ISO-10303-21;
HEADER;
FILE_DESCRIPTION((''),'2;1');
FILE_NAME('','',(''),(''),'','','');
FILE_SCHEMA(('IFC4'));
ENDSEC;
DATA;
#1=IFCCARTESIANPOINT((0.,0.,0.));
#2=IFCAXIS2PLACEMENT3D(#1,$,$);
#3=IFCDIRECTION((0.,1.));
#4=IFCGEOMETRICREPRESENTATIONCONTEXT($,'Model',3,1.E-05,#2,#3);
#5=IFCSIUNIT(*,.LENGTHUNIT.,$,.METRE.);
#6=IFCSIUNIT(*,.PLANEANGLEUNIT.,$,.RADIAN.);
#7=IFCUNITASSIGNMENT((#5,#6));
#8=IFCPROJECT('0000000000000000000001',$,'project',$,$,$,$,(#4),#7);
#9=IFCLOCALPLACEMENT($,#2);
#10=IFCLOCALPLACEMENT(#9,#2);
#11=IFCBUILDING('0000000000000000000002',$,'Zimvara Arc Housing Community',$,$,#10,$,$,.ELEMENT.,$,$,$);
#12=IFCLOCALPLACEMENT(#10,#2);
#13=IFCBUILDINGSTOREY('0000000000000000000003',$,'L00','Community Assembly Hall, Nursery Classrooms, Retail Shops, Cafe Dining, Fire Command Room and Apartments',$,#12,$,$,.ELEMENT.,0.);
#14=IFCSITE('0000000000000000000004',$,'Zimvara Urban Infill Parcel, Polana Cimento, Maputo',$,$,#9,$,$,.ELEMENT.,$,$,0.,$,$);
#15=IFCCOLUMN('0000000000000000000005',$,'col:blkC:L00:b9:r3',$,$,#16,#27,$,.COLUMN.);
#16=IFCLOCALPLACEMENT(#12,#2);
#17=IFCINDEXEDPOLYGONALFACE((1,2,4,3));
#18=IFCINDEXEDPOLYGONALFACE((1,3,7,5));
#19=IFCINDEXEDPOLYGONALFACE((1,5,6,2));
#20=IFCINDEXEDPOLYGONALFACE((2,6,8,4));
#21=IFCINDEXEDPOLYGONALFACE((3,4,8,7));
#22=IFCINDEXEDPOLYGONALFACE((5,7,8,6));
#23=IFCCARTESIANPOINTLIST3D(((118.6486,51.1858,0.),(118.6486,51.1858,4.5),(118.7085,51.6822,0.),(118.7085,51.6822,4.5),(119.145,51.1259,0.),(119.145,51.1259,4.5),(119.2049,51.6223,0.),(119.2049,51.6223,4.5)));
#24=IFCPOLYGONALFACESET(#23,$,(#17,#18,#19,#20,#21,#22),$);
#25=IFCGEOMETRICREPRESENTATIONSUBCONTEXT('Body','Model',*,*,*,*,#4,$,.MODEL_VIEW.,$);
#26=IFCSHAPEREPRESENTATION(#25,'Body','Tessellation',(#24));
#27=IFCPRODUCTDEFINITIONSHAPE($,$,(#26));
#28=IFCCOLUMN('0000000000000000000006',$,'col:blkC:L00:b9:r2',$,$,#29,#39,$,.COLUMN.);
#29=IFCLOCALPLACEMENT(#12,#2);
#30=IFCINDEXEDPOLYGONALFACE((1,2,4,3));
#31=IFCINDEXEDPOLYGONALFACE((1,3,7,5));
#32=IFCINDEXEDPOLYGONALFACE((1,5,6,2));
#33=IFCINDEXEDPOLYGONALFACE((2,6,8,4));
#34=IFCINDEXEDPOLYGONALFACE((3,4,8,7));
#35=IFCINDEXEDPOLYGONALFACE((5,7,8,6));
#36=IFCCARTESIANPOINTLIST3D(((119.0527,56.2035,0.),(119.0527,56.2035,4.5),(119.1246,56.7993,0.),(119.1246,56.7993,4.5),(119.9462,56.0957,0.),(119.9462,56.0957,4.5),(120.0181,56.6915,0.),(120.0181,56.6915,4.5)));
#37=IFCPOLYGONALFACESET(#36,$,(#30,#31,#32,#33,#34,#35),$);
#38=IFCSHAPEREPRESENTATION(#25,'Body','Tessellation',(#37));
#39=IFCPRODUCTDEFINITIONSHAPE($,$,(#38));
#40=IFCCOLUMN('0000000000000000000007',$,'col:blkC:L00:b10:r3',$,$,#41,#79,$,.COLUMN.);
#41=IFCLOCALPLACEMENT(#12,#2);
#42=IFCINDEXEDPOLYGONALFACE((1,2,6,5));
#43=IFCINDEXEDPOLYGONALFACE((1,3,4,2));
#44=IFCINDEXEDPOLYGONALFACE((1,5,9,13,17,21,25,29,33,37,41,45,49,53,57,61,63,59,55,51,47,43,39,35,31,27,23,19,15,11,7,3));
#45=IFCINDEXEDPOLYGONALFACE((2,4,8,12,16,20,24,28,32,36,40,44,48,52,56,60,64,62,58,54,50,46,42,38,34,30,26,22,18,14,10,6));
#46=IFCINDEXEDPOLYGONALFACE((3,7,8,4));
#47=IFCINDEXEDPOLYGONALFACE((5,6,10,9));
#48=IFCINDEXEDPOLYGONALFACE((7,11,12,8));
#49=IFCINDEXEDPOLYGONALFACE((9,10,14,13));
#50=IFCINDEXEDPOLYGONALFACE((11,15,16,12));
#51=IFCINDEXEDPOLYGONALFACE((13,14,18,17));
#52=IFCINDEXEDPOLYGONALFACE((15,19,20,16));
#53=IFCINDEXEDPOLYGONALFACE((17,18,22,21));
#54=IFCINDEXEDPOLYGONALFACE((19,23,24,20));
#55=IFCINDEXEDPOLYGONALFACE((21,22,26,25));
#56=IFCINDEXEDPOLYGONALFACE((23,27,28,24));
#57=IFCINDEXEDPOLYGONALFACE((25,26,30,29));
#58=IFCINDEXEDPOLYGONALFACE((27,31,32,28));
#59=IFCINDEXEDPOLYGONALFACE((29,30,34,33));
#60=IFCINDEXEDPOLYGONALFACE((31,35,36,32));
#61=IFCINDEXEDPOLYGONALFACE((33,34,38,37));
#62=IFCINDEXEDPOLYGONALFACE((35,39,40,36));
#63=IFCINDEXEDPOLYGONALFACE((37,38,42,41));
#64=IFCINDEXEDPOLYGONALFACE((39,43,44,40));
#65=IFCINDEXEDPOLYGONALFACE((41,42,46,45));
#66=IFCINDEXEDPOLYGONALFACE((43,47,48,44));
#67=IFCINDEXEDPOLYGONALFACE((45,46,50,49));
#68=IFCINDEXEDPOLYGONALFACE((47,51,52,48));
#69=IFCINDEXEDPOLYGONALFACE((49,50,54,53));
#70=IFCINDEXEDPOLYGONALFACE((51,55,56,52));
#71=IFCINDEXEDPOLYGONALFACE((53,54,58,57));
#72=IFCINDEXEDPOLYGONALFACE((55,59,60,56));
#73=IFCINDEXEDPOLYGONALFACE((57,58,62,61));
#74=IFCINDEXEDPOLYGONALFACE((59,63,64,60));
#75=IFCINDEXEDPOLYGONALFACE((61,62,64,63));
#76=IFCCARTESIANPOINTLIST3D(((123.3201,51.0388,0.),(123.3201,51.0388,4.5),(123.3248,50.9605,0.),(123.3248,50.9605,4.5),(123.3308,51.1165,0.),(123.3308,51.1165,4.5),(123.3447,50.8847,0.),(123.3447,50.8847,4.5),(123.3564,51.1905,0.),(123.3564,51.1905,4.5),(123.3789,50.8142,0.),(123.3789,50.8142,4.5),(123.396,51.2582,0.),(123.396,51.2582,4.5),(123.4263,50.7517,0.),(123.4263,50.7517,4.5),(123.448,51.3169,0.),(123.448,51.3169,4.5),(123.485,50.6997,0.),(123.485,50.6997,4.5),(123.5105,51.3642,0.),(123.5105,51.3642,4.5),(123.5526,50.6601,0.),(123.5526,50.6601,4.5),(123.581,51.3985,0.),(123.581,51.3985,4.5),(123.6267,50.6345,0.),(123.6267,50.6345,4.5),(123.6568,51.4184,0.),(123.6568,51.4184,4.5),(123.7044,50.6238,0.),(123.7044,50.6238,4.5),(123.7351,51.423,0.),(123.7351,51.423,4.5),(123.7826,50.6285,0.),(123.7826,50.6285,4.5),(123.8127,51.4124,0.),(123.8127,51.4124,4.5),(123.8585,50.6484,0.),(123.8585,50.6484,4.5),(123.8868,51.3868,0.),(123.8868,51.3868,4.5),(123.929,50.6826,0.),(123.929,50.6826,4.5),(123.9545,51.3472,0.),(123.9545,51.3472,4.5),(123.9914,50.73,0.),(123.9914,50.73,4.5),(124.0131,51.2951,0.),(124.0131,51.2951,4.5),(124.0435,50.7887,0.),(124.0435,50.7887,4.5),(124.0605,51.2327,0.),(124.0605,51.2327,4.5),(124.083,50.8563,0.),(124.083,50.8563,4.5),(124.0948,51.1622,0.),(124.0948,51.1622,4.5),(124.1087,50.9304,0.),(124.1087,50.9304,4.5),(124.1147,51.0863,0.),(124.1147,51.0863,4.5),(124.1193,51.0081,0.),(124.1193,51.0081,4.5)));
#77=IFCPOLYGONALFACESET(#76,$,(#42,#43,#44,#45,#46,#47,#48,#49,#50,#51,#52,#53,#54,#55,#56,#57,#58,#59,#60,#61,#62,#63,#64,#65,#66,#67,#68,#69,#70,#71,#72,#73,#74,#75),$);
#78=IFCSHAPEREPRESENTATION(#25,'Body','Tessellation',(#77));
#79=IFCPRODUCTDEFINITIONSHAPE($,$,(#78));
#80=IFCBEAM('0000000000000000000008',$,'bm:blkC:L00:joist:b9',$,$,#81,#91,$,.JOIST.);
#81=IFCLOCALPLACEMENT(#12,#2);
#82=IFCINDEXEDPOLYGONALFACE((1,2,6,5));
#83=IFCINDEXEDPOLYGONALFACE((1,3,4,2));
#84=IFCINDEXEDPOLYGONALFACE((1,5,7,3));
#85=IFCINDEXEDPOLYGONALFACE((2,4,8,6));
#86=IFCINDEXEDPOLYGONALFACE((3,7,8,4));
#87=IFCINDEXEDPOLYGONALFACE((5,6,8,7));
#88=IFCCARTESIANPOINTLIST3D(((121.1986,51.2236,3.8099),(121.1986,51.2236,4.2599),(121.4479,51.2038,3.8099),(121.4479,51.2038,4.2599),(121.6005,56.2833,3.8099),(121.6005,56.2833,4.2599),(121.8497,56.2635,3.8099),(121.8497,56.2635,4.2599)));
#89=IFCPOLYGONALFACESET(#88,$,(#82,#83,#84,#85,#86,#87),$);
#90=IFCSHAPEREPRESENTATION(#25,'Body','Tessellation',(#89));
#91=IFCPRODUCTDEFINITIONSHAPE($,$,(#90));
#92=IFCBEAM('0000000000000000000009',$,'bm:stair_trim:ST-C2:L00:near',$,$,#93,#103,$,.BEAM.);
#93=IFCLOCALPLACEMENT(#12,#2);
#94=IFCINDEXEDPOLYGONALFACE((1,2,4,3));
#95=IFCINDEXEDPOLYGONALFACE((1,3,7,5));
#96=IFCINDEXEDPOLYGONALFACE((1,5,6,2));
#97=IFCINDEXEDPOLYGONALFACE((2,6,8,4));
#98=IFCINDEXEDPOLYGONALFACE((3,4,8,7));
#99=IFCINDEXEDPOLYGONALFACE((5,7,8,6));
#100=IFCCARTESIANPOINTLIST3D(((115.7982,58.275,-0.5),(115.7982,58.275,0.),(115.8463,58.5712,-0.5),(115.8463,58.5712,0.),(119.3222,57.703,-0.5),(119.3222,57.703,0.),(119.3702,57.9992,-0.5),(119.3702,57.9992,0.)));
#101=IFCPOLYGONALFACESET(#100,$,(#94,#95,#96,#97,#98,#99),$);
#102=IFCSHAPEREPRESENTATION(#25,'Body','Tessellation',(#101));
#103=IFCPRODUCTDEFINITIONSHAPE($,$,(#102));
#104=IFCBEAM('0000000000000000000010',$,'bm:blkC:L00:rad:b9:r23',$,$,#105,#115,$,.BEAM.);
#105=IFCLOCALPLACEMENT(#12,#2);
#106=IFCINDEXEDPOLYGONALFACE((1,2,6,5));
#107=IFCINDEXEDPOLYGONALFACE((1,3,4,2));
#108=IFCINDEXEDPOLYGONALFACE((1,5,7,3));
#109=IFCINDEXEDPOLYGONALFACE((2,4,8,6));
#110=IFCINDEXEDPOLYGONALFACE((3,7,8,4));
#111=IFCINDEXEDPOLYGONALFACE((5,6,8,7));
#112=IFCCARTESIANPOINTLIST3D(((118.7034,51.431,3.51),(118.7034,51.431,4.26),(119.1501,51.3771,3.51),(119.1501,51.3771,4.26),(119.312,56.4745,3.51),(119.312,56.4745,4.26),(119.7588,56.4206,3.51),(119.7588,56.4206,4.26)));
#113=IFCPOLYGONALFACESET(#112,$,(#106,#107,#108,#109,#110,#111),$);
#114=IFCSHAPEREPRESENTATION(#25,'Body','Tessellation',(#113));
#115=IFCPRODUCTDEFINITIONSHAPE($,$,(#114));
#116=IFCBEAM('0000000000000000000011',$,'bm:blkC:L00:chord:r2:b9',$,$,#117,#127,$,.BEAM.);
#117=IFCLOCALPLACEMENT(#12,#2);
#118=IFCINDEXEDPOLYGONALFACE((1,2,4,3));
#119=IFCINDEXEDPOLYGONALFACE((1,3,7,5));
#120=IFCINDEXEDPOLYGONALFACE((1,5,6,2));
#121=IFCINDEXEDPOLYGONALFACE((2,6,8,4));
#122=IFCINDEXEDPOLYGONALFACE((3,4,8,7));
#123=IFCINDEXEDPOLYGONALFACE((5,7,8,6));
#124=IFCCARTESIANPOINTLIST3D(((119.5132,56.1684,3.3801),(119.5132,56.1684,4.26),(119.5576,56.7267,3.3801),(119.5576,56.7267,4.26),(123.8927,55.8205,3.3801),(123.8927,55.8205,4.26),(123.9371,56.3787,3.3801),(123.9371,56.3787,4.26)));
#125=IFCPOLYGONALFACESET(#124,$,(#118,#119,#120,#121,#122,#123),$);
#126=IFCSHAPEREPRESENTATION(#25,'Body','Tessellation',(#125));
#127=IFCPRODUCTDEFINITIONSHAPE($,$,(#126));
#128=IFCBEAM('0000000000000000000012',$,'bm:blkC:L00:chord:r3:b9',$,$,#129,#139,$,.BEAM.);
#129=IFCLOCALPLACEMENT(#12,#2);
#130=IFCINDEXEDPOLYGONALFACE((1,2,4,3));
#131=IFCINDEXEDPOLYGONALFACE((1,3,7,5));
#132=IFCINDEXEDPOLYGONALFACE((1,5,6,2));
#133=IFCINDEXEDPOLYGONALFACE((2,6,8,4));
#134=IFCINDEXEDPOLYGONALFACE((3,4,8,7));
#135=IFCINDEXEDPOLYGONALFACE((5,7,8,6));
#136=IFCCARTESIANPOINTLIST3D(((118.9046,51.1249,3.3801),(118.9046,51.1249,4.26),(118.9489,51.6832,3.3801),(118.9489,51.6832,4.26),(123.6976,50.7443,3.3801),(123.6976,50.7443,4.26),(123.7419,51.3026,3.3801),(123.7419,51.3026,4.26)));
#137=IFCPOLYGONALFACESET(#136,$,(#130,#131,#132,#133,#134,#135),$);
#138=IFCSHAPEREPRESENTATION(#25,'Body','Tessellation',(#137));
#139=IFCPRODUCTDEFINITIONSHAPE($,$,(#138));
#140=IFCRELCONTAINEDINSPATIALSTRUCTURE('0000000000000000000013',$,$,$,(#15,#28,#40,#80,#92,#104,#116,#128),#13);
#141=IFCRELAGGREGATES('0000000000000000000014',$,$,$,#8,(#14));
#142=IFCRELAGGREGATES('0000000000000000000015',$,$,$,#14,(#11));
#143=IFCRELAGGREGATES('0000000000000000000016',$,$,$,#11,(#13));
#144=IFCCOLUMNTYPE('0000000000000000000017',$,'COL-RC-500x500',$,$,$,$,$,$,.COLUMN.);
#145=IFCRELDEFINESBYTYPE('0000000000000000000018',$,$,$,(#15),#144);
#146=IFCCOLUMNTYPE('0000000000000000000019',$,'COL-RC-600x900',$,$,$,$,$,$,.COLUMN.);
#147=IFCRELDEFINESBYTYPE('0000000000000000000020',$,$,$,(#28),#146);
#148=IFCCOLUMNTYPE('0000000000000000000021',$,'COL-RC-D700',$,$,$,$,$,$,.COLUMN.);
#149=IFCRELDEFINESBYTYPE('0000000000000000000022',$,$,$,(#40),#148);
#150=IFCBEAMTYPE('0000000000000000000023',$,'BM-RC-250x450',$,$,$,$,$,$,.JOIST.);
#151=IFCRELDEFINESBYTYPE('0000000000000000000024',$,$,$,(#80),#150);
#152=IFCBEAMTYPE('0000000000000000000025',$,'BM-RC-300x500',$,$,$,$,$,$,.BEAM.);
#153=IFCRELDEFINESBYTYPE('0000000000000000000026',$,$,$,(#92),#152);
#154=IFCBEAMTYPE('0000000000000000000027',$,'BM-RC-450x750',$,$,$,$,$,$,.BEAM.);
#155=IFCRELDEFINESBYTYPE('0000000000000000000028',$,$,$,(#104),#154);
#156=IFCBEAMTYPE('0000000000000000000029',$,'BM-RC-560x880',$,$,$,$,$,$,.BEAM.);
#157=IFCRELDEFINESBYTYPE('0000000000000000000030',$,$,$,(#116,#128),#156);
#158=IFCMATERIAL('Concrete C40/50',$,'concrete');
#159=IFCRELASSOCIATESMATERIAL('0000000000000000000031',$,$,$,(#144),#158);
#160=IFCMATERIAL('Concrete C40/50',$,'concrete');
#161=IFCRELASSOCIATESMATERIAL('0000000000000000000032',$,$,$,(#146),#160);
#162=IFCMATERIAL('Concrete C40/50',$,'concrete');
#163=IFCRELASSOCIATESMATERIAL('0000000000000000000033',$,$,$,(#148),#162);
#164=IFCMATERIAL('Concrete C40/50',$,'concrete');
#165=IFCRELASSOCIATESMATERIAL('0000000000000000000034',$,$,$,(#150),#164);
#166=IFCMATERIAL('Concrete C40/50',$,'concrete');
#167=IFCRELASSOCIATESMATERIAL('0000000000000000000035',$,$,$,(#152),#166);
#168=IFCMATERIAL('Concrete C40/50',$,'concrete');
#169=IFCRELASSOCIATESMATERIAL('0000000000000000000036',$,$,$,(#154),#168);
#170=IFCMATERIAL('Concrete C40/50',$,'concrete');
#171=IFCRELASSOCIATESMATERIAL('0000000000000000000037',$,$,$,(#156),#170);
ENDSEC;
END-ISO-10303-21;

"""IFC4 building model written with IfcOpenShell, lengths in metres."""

from ifc_helpers import new_model, si_unit, direction, frame, origin, origin_2d, place, context, subcontext, project, spatial, rectangle, circle, extrude, material, material_profile, profile_set, type_object, element, save


model = new_model("IFC4")

# Units and contexts
model_context = context("Model", 3, precision=1e-05, world=origin(), true_north=direction((0.0, 1.0)))
body_context = subcontext(model_context, "Body", "Model", "MODEL_VIEW")
ifc_project = project(units=[si_unit("LENGTHUNIT", "METRE"), si_unit("PLANEANGLEUNIT", "RADIAN")], contexts=[model_context])

# Site, building, storey
site_placement = place(None, origin())
site = spatial("IfcSite", under=ifc_project, at=site_placement, Name="Zimvara Urban Infill Parcel, Polana Cimento, Maputo", CompositionType="ELEMENT", RefElevation=0.0)
building_placement = place(site_placement, origin())
building = spatial("IfcBuilding", under=site, at=building_placement, Name="Zimvara Arc Housing Community", CompositionType="ELEMENT")
storey_placement = place(building_placement, origin())
storey = spatial("IfcBuildingStorey", under=building, at=storey_placement, Name="L00", Description="Community Assembly Hall, Nursery Classrooms, Retail Shops, Cafe Dining, Fire Command Room and Apartments", CompositionType="ELEMENT", Elevation=0.0)

# Columns
ifc_material_1 = material(Name="Concrete C40/50", Category="concrete")
ifc_material_profile_1 = material_profile(ifc_material_1, rectangle(XDim=0.5, YDim=0.5, at=origin_2d()), Name="RC 500x500")
ifc_profile_set_1 = profile_set([ifc_material_profile_1], Name="Concrete C40/50")
column_type_1 = type_object("IfcColumnType", Name="COL-RC-500x500", PredefinedType="COLUMN", material=ifc_profile_set_1)
column_1_placement = place(storey_placement, frame((118.9268, 51.4041, 0.0), z_axis=(0.0, 0.0, 1.0), x_axis=(-0.11979, -0.992799, 0.0)))
element("IfcColumn", 1, at=column_1_placement, inside=storey, type_object=column_type_1, Name="col:blkC:L00:b9:r3", PredefinedType="COLUMN", context=body_context, shape_type="SweptSolid", body=[
    extrude(rectangle(XDim=0.5, YDim=0.5, at=origin_2d()), origin(), (0.0, 0.0, 1.0), 4.5),
])
ifc_material_2 = material(Name="Concrete C40/50", Category="concrete")
ifc_material_profile_2 = material_profile(ifc_material_2, rectangle(XDim=0.6001, YDim=0.8999, at=origin_2d()), Name="RC 600x900")
ifc_profile_set_2 = profile_set([ifc_material_profile_2], Name="Concrete C40/50")
column_type_2 = type_object("IfcColumnType", Name="COL-RC-600x900", PredefinedType="COLUMN", material=ifc_profile_set_2)
column_2_placement = place(storey_placement, frame((119.5354, 56.4475, 0.0), z_axis=(0.0, 0.0, 1.0), x_axis=(-0.11979, -0.992799, 0.0)))
element("IfcColumn", 2, at=column_2_placement, inside=storey, type_object=column_type_2, Name="col:blkC:L00:b9:r2", PredefinedType="COLUMN", context=body_context, shape_type="SweptSolid", body=[
    extrude(rectangle(XDim=0.6001, YDim=0.8999, at=origin_2d()), origin(), (0.0, 0.0, 1.0), 4.5),
])
ifc_material_3 = material(Name="Concrete C40/50", Category="concrete")
ifc_material_profile_3 = material_profile(ifc_material_3, circle(Radius=0.3999, at=origin_2d()), Name="RC D800")
ifc_profile_set_3 = profile_set([ifc_material_profile_3], Name="Concrete C40/50")
column_type_3 = type_object("IfcColumnType", Name="COL-RC-D700", PredefinedType="COLUMN", material=ifc_profile_set_3)
column_3_placement = place(storey_placement, frame((123.7197, 51.0234, 0.0), z_axis=(0.0, 0.0, 1.0), x_axis=(-0.038388, -0.999263, 0.0)))
element("IfcColumn", 3, at=column_3_placement, inside=storey, type_object=column_type_3, Name="col:blkC:L00:b10:r3", PredefinedType="COLUMN", context=body_context, shape_type="SweptSolid", body=[
    extrude(circle(Radius=0.3999, at=origin_2d()), origin(), (0.0, 0.0, 1.0), 4.5),
])

# Beams
ifc_material_4 = material(Name="Concrete C40/50", Category="concrete")
ifc_material_profile_4 = material_profile(ifc_material_4, rectangle(XDim=0.25, YDim=0.45, at=origin_2d()), Name="RC 250x450")
ifc_profile_set_4 = profile_set([ifc_material_profile_4], Name="Concrete C40/50")
beam_type_1 = type_object("IfcBeamType", Name="BM-RC-250x450", PredefinedType="JOIST", material=ifc_profile_set_4)
beam_1_placement = place(storey_placement, frame((121.7251, 56.2734, 4.0349), z_axis=(-0.079172, -0.996861, 0.0), x_axis=(0.996861, -0.079172, 0.0)))
element("IfcBeam", 4, at=beam_1_placement, inside=storey, type_object=beam_type_1, Name="bm:blkC:L00:joist:b9", PredefinedType="JOIST", context=body_context, shape_type="SweptSolid", body=[
    extrude(rectangle(XDim=0.25, YDim=0.45, at=origin_2d()), origin(), (0.0, 0.0, 1.0), 5.0757),
])
ifc_material_5 = material(Name="Concrete C40/50", Category="concrete")
ifc_material_profile_5 = material_profile(ifc_material_5, rectangle(XDim=0.3, YDim=0.5, at=origin_2d()), Name="RC 300x500")
ifc_profile_set_5 = profile_set([ifc_material_profile_5], Name="Concrete C40/50")
beam_type_2 = type_object("IfcBeamType", Name="BM-RC-300x500", PredefinedType="BEAM", material=ifc_profile_set_5)
beam_2_placement = place(storey_placement, frame((115.8223, 58.4231, -0.25), z_axis=(0.98708, -0.160228, 0.0), x_axis=(0.160228, 0.98708, 0.0)))
element("IfcBeam", 5, at=beam_2_placement, inside=storey, type_object=beam_type_2, Name="bm:stair_trim:ST-C2:L00:near", PredefinedType="BEAM", context=body_context, shape_type="SweptSolid", body=[
    extrude(rectangle(XDim=0.3, YDim=0.5, at=origin_2d()), origin(), (0.0, 0.0, 1.0), 3.5701),
])
ifc_material_6 = material(Name="Concrete C40/50", Category="concrete")
ifc_material_profile_6 = material_profile(ifc_material_6, rectangle(XDim=0.45, YDim=0.75, at=origin_2d()), Name="RC 450x750")
ifc_profile_set_6 = profile_set([ifc_material_profile_6], Name="Concrete C40/50")
beam_type_3 = type_object("IfcBeamType", Name="BM-RC-450x750", PredefinedType="BEAM", material=ifc_profile_set_6)
beam_3_placement = place(storey_placement, frame((119.5354, 56.4475, 3.885), z_axis=(-0.11981, -0.992797, 0.0), x_axis=(0.992797, -0.11981, 0.0)))
element("IfcBeam", 6, at=beam_3_placement, inside=storey, type_object=beam_type_3, Name="bm:blkC:L00:rad:b9:r23", PredefinedType="BEAM", context=body_context, shape_type="SweptSolid", body=[
    extrude(rectangle(XDim=0.45, YDim=0.75, at=origin_2d()), origin(), (0.0, 0.0, 1.0), 5.0801),
])
ifc_material_7 = material(Name="Concrete C40/50", Category="concrete")
ifc_material_profile_7 = material_profile(ifc_material_7, rectangle(XDim=0.5601, YDim=0.8799, at=origin_2d()), Name="RC 560x880")
ifc_profile_set_7 = profile_set([ifc_material_profile_7], Name="Concrete C40/50")
beam_type_4 = type_object("IfcBeamType", Name="BM-RC-560x880", PredefinedType="BEAM", material=ifc_profile_set_7)
beam_4_placement = place(storey_placement, frame((119.5354, 56.4475, 3.8201), z_axis=(0.996859, -0.079191, 0.0), x_axis=(0.079191, 0.996859, 0.0)))
element("IfcBeam", 7, at=beam_4_placement, inside=storey, type_object=beam_type_4, Name="bm:blkC:L00:chord:r2:b9", PredefinedType="BEAM", context=body_context, shape_type="SweptSolid", body=[
    extrude(rectangle(XDim=0.5601, YDim=0.8799, at=origin_2d()), origin(), (0.0, 0.0, 1.0), 4.3933),
])
beam_5_placement = place(storey_placement, frame((118.9268, 51.4041, 3.8201), z_axis=(0.996862, -0.079162, 0.0), x_axis=(0.079162, 0.996862, 0.0)))
element("IfcBeam", 8, at=beam_5_placement, inside=storey, type_object=beam_type_4, Name="bm:blkC:L00:chord:r3:b9", PredefinedType="BEAM", context=body_context, shape_type="SweptSolid", body=[
    extrude(rectangle(XDim=0.5601, YDim=0.8799, at=origin_2d()), origin(), (0.0, 0.0, 1.0), 4.8081),
])

save(model, "model.ifc")
